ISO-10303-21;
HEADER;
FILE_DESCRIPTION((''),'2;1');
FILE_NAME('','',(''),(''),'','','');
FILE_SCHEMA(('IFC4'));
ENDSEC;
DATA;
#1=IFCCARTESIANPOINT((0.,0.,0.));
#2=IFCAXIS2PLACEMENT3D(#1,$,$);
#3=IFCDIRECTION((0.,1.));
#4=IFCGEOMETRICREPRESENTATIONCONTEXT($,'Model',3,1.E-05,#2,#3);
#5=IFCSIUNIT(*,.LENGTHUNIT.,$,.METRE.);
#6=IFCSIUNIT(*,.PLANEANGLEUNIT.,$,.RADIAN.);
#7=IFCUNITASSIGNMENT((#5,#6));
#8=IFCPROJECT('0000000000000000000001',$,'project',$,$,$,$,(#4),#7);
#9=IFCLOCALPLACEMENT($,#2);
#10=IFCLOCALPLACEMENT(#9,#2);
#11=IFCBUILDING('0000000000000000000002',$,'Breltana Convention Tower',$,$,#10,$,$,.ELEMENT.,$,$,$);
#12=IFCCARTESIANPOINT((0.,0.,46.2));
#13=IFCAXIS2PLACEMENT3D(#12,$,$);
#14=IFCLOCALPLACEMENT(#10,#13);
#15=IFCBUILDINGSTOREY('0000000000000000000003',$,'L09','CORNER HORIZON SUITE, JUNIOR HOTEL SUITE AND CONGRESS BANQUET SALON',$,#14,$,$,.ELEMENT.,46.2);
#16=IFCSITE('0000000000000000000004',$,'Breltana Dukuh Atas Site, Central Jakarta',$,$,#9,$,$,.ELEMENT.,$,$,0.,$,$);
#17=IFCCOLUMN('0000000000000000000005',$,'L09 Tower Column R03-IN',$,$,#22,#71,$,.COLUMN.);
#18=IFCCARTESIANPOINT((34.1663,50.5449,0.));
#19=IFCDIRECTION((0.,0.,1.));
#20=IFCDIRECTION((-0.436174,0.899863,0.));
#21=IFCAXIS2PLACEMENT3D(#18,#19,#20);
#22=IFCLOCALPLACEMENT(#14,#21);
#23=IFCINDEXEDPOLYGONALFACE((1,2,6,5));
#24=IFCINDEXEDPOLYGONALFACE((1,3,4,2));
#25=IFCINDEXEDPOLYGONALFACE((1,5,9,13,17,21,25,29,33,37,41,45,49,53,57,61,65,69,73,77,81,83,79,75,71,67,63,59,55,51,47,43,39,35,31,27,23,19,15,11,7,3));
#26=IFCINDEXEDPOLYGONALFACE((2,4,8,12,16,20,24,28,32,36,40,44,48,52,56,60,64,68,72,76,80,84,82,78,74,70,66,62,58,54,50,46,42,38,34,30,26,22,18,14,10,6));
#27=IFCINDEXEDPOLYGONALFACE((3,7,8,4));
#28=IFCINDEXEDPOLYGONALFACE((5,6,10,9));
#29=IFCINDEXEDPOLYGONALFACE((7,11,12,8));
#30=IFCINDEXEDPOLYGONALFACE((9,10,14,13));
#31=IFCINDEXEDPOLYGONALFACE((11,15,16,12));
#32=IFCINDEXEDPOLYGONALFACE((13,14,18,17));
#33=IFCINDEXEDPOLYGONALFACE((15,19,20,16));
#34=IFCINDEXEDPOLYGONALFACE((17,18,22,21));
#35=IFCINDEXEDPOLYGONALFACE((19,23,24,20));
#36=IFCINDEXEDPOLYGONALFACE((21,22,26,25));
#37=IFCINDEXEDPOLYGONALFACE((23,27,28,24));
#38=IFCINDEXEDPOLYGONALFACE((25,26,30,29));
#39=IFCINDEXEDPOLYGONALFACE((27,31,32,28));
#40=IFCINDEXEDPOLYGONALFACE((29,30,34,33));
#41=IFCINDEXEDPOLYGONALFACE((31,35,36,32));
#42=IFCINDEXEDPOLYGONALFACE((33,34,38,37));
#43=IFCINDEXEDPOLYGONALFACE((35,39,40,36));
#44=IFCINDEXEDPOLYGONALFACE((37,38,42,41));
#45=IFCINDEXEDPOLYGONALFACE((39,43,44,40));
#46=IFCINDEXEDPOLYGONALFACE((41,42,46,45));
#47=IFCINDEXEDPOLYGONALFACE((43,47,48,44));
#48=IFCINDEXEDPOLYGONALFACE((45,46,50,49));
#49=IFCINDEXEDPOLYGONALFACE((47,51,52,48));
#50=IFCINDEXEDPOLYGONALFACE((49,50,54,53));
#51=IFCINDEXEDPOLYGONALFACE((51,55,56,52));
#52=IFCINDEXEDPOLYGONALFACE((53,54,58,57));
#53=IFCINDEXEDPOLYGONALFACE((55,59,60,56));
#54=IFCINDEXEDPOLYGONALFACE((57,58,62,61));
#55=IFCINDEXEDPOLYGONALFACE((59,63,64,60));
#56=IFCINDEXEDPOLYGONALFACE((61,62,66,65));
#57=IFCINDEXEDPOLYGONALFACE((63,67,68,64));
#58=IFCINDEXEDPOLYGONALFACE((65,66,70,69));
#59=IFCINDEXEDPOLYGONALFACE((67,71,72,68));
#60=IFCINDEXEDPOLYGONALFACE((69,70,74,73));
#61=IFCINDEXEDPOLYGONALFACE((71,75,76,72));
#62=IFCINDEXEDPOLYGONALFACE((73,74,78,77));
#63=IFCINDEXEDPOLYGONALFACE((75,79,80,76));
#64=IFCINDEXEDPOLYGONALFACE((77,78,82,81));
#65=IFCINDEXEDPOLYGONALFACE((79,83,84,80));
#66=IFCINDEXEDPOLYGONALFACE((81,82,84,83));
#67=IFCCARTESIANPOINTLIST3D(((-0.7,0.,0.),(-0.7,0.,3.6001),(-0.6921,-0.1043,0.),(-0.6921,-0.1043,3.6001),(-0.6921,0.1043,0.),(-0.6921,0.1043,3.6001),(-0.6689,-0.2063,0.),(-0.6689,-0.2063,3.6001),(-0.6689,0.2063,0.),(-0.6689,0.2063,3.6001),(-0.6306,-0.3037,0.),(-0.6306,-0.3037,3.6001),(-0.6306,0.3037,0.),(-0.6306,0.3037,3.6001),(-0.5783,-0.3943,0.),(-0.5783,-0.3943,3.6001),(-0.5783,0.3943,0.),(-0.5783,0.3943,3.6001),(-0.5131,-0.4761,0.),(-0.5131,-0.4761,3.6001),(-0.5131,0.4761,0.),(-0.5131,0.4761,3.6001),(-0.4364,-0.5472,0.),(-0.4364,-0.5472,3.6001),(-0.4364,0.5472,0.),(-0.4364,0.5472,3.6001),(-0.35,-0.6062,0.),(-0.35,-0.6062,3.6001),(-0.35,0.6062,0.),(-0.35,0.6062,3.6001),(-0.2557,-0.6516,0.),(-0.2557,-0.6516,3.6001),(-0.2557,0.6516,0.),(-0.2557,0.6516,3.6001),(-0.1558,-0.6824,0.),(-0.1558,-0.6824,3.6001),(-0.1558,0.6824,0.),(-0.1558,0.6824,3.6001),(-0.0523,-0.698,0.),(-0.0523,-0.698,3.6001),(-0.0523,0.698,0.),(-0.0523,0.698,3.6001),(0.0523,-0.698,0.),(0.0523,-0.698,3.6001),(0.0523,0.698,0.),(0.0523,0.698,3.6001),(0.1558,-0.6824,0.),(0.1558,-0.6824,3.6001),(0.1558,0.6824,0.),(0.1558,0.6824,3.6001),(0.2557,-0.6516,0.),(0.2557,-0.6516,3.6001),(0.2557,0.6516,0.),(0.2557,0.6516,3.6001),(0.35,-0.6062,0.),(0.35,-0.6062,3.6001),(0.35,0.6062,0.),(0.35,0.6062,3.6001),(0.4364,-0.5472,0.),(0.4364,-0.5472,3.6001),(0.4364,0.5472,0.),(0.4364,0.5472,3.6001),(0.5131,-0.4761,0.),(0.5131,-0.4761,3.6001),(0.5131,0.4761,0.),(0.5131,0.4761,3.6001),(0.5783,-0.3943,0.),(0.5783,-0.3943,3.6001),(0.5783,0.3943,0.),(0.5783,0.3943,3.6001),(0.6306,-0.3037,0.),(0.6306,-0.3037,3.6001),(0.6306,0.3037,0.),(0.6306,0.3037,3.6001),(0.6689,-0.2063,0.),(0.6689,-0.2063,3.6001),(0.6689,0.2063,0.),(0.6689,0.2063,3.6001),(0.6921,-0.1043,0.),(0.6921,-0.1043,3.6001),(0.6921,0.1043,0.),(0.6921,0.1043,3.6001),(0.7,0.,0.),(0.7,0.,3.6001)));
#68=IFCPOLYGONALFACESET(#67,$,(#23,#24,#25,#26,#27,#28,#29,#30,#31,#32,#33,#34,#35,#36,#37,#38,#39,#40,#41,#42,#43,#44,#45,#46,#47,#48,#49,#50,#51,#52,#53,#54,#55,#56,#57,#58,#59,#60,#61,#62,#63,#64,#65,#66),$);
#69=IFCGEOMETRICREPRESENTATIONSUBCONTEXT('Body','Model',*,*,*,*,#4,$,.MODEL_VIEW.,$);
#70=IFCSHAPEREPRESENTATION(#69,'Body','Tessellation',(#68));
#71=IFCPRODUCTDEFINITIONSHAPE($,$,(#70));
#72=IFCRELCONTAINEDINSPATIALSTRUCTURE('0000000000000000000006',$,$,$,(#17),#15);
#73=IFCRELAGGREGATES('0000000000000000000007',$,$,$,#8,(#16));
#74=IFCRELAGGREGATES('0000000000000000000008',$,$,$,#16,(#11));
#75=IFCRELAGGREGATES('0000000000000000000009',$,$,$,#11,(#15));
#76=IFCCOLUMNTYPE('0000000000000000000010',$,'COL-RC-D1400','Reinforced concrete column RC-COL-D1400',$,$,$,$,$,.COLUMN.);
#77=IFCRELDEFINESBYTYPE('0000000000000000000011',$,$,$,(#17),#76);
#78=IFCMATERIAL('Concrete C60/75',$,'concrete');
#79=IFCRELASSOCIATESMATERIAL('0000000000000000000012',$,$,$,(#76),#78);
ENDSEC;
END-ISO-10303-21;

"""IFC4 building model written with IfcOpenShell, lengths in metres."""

from ifc_helpers import new_model, si_unit, direction, frame, origin, origin_2d, place, context, subcontext, project, spatial, circle, extrude, source, transform, mapped, material, material_profile, profile_set, type_object, element, save


model = new_model("IFC4")

# Units and contexts
model_context = context("Model", 3, precision=1e-05, world=origin(), true_north=direction((0.0, 1.0)))
body_context = subcontext(model_context, "Body", "Model", "MODEL_VIEW")
ifc_project = project(units=[si_unit("LENGTHUNIT", "METRE"), si_unit("PLANEANGLEUNIT", "RADIAN")], contexts=[model_context])

# Site, building, storey
site_placement = place(None, origin())
site = spatial("IfcSite", under=ifc_project, at=site_placement, Name="Breltana Dukuh Atas Site, Central Jakarta", CompositionType="ELEMENT", RefElevation=0.0)
building_placement = place(site_placement, origin())
building = spatial("IfcBuilding", under=site, at=building_placement, Name="Breltana Convention Tower", CompositionType="ELEMENT")
storey_placement = place(building_placement, frame((0.0, 0.0, 46.2)))
storey = spatial("IfcBuildingStorey", under=building, at=storey_placement, Name="L09", Description="CORNER HORIZON SUITE, JUNIOR HOTEL SUITE AND CONGRESS BANQUET SALON", CompositionType="ELEMENT", Elevation=46.2)

# Column
ifc_material_1 = material(Name="Concrete C60/75", Category="concrete")
ifc_material_profile_1 = material_profile(ifc_material_1, circle(Radius=0.7, at=origin_2d()), Name="RC-COL-D1400")
ifc_profile_set_1 = profile_set([ifc_material_profile_1], Name="Concrete C60/75")
column_type_1 = type_object("IfcColumnType", Name="COL-RC-D1400", Description="Reinforced concrete column RC-COL-D1400", PredefinedType="COLUMN", material=ifc_profile_set_1)
shared_shape_1 = source(origin(), body_context, "Body", "SweptSolid", [
    extrude(circle(Radius=0.7, at=origin_2d()), origin(), (0.0, 0.0, 1.0), 3.6001),
])
column_1_placement = place(storey_placement, frame((34.1663, 50.5449, 0.0), z_axis=(0.0, 0.0, 1.0), x_axis=(-0.436174, 0.899863, 0.0)))
element("IfcColumn", 1, at=column_1_placement, inside=storey, type_object=column_type_1, Name="L09 Tower Column R03-IN", PredefinedType="COLUMN", context=body_context, shape_type="MappedRepresentation", body=[
    mapped(shared_shape_1, transform((0.0, 0.0, 0.0), scale=1.0)),
])

save(model, "model.ifc")
